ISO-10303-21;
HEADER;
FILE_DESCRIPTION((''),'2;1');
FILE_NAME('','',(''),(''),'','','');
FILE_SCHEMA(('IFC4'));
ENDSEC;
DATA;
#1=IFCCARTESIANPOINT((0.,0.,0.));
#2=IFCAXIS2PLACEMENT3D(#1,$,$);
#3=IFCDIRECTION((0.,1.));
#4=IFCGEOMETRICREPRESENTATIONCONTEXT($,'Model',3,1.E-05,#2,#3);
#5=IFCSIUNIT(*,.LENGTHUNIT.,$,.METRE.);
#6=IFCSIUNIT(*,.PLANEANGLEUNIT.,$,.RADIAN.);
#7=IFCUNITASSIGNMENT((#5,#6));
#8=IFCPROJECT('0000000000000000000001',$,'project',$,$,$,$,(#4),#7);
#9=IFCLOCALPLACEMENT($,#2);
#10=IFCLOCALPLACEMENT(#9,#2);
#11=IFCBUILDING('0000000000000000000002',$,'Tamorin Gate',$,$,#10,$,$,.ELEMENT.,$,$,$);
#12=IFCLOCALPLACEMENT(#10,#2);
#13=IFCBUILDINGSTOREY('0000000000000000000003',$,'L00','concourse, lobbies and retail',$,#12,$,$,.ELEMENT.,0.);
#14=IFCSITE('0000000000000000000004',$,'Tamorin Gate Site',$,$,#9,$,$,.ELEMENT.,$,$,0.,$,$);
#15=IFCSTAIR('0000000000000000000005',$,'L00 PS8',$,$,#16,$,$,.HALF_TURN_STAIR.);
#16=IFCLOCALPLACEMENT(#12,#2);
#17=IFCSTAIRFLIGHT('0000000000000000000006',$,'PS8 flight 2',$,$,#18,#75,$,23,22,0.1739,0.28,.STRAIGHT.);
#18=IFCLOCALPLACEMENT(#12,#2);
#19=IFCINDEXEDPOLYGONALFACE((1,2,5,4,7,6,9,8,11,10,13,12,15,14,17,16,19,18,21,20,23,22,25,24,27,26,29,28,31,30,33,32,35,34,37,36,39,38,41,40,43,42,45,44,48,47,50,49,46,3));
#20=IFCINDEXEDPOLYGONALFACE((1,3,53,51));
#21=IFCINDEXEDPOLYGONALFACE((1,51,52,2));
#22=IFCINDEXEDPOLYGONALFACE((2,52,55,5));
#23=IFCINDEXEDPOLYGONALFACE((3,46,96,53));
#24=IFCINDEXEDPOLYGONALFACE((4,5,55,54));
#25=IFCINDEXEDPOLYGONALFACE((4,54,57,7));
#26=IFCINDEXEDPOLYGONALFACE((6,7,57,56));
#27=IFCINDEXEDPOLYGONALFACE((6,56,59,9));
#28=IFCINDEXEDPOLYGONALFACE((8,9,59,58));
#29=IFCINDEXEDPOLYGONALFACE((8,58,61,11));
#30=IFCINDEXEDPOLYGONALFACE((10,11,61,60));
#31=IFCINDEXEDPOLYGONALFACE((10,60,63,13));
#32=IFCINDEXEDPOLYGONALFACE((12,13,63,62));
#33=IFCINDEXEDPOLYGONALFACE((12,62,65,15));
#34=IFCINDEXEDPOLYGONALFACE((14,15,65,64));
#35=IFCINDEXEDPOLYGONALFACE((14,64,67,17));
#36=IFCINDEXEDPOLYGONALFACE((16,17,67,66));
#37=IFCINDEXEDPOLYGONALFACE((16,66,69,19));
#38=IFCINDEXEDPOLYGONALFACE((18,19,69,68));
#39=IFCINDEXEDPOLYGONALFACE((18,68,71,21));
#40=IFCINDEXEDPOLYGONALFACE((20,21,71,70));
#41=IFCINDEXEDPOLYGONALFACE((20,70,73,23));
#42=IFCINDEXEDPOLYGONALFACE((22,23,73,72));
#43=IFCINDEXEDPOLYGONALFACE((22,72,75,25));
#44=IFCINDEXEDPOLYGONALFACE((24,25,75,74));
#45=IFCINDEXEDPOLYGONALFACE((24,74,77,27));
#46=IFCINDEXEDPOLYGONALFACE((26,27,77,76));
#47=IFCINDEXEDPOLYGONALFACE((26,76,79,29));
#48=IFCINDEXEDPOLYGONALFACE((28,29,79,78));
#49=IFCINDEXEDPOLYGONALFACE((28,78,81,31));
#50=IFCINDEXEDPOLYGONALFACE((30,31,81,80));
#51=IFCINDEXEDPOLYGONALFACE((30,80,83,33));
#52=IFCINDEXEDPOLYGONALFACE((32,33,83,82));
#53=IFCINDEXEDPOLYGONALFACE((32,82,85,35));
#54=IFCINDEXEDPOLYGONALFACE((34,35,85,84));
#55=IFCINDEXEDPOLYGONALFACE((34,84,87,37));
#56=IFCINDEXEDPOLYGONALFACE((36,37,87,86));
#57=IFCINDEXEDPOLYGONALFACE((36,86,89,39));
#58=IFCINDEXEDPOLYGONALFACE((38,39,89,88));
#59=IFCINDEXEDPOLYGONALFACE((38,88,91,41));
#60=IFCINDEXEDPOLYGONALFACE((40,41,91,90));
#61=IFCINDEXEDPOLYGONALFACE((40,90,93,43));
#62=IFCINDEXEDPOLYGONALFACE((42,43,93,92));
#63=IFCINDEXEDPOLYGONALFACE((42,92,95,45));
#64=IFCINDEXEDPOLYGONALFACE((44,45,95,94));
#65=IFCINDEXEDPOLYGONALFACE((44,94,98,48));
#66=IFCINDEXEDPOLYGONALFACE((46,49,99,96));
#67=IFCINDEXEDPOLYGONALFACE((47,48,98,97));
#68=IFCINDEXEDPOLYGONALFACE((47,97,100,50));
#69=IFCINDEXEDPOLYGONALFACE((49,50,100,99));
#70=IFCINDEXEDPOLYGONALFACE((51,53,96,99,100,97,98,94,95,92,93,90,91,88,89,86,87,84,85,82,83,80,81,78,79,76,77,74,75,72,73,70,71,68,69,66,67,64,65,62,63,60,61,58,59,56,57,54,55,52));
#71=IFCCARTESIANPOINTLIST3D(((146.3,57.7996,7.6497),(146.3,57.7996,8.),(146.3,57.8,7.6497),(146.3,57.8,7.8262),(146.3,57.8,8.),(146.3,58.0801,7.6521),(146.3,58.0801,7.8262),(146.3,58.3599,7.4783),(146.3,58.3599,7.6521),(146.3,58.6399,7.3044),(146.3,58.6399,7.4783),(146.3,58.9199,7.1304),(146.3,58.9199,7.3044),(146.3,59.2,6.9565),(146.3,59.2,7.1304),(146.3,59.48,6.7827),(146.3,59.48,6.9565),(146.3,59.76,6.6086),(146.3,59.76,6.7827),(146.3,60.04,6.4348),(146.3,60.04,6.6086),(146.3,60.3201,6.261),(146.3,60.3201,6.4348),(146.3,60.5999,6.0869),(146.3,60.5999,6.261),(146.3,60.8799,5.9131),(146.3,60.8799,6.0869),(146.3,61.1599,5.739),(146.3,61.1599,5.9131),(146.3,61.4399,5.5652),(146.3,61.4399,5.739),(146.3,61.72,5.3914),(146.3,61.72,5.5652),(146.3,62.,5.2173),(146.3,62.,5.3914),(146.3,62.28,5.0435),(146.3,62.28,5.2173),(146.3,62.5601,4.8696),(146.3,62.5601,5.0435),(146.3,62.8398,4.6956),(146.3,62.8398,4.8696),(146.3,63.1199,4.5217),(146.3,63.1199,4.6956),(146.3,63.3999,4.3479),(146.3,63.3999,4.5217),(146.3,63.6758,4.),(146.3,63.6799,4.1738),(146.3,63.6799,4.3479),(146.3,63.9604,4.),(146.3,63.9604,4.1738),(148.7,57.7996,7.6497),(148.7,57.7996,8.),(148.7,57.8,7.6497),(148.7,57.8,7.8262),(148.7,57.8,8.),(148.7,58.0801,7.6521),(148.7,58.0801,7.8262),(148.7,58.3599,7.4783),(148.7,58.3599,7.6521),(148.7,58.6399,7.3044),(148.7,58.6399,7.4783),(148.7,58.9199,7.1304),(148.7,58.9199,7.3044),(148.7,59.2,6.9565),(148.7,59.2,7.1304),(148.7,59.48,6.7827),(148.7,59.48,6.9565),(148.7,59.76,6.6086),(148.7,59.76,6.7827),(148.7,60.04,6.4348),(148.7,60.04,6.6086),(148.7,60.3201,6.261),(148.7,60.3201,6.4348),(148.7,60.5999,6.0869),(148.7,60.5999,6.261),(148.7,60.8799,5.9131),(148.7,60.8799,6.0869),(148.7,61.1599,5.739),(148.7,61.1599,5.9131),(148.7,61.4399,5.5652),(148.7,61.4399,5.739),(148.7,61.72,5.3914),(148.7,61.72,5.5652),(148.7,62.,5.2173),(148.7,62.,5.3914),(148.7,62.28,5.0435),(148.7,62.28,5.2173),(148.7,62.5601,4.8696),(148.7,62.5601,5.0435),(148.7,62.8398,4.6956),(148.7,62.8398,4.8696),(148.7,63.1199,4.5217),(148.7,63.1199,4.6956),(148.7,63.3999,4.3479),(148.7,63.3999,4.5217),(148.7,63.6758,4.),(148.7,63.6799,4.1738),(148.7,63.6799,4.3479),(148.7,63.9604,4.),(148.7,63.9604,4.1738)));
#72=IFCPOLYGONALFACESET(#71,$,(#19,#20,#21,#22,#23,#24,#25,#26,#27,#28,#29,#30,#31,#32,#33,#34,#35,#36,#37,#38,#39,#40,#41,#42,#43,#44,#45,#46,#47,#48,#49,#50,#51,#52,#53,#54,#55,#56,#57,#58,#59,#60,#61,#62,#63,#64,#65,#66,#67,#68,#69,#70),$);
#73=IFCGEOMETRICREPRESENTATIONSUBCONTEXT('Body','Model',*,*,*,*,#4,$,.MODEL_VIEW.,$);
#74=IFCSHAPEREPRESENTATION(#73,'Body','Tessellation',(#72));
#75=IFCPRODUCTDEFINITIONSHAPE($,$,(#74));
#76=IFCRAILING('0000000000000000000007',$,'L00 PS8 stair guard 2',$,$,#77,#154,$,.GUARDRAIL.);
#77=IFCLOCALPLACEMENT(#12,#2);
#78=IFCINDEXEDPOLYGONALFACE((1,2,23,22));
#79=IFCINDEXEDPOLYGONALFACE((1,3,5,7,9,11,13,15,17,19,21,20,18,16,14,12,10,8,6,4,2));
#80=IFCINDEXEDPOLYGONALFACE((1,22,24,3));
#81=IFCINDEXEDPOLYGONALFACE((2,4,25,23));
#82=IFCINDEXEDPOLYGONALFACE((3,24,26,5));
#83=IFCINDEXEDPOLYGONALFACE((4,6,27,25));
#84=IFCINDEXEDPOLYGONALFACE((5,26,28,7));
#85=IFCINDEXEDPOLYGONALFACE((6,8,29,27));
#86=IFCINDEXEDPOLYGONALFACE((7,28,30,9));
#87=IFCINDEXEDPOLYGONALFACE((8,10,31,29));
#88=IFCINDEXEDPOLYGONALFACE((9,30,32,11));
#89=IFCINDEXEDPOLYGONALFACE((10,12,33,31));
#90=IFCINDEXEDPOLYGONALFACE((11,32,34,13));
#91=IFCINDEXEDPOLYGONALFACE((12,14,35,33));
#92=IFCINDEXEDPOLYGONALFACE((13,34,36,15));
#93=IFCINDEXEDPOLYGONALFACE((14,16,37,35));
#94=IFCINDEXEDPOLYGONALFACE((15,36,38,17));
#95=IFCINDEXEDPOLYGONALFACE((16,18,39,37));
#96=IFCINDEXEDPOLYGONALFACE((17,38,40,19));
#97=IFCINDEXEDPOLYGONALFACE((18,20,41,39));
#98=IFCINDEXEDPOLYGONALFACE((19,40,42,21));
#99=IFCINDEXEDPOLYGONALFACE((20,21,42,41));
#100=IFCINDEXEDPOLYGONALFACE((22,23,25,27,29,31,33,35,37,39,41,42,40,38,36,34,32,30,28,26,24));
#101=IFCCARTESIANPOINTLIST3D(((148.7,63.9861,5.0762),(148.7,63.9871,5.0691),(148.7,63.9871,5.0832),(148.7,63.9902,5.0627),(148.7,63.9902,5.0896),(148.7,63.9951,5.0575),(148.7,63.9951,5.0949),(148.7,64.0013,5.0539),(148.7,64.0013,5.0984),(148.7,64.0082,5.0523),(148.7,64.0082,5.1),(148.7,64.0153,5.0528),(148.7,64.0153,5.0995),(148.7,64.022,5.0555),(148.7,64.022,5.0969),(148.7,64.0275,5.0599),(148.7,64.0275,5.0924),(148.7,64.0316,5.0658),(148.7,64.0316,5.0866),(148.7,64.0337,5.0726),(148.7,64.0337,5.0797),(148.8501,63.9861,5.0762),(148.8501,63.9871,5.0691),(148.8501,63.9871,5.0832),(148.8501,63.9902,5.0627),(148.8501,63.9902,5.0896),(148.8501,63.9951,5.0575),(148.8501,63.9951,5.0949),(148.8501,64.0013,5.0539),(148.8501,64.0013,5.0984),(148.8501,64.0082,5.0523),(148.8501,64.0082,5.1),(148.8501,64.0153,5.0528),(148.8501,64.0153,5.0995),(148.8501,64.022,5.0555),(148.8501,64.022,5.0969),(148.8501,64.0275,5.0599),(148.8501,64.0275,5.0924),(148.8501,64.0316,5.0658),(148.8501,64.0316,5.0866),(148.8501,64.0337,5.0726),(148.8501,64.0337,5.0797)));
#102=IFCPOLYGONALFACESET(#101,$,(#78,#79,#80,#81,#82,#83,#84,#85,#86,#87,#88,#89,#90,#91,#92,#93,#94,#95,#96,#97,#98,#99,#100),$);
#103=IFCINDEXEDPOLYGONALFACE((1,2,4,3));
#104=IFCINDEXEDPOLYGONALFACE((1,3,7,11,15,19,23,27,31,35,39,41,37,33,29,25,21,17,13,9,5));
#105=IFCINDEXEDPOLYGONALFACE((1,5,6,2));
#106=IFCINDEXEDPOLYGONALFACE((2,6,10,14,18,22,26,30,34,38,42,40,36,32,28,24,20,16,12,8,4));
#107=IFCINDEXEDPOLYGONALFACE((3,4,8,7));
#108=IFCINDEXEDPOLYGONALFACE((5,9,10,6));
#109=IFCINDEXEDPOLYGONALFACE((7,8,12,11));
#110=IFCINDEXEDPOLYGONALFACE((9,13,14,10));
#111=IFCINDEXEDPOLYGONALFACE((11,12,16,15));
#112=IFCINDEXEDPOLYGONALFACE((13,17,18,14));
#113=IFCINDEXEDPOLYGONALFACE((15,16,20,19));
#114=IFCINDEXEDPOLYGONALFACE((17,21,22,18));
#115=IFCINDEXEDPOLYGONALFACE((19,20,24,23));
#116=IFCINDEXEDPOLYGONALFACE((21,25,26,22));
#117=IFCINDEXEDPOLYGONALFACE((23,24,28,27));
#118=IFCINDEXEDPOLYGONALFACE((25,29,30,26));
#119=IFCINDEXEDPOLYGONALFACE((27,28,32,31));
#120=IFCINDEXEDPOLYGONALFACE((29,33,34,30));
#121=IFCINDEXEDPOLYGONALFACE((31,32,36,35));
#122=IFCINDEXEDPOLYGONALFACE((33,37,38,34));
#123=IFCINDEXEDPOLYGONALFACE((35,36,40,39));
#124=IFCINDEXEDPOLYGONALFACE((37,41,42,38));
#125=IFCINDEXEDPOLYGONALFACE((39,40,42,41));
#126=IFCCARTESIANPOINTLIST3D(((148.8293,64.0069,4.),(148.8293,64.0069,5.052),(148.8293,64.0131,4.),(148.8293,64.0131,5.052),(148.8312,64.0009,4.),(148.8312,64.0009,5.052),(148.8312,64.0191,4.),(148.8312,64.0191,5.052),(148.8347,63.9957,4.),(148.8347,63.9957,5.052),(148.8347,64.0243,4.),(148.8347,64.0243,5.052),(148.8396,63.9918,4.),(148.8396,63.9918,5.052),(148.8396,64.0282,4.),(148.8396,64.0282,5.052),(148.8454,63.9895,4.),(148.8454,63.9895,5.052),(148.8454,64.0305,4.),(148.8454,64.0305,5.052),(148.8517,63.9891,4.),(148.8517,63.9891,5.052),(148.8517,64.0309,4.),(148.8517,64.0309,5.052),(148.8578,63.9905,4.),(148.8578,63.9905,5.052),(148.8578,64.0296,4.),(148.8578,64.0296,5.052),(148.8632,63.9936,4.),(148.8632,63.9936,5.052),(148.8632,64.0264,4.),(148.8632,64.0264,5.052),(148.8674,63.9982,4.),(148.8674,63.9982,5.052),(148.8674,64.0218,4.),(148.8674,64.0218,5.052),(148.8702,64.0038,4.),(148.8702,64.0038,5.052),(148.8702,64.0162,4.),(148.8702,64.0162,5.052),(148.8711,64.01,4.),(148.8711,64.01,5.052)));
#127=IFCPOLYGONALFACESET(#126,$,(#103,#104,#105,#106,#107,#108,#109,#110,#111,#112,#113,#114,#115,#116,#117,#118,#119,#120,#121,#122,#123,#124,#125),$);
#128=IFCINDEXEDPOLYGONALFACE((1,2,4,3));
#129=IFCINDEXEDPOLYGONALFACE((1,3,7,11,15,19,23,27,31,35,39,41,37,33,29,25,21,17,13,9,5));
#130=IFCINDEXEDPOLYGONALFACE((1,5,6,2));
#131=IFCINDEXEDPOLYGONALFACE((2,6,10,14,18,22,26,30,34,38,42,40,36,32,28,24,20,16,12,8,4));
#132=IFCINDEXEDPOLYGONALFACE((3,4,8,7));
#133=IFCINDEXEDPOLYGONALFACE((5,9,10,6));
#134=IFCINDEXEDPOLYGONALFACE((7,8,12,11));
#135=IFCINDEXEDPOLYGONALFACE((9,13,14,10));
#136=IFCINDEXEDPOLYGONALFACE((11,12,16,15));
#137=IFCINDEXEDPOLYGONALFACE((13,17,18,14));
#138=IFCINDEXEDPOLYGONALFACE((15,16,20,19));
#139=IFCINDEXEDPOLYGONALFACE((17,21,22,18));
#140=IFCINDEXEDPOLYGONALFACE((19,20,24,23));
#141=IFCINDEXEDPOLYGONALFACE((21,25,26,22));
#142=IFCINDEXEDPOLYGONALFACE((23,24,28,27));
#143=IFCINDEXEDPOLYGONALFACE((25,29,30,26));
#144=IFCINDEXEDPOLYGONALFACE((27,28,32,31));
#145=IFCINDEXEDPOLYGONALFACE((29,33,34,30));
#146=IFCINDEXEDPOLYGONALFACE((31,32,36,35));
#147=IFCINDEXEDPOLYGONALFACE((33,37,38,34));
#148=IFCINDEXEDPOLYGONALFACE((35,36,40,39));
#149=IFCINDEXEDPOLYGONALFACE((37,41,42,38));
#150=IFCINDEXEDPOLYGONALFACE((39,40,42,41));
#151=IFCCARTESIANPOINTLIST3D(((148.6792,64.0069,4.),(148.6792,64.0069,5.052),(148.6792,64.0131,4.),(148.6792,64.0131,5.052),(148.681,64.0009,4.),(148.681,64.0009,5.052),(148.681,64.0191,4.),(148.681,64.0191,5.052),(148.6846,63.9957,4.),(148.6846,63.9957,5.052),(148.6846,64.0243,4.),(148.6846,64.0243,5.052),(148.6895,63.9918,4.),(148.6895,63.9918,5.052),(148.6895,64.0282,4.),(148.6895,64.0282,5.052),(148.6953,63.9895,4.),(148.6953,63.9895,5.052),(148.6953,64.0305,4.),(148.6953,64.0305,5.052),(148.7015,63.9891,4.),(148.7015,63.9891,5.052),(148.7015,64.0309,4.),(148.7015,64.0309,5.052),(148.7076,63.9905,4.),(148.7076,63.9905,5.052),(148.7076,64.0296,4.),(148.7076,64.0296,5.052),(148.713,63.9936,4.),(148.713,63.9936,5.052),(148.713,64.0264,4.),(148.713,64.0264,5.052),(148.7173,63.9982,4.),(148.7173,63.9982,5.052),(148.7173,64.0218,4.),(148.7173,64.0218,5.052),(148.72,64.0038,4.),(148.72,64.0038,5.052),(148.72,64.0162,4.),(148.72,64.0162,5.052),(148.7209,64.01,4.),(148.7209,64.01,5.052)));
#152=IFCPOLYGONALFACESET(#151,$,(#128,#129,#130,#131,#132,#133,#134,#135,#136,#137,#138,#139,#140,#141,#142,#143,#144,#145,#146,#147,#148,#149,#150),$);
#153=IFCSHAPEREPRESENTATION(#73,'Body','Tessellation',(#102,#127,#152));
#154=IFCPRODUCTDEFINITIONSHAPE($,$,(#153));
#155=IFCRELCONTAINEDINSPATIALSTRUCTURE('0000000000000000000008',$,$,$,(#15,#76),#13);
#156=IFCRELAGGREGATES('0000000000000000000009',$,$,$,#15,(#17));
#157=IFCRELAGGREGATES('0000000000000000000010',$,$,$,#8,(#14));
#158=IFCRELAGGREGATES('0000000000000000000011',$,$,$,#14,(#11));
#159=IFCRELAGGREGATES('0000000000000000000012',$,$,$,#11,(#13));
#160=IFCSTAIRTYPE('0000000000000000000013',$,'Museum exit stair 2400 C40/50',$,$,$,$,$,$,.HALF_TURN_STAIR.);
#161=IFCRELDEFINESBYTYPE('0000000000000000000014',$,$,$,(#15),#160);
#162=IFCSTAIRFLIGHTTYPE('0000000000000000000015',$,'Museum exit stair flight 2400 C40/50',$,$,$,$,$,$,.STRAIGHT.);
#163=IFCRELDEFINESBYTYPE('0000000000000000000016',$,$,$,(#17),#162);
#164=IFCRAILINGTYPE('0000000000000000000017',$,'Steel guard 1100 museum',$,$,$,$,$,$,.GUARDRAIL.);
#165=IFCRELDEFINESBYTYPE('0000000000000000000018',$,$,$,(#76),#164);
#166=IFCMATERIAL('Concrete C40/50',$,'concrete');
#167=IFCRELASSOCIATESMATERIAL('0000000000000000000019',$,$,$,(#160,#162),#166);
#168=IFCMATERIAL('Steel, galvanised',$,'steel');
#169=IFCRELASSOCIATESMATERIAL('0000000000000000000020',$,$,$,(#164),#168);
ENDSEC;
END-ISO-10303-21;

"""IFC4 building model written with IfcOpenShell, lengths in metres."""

from ifc_helpers import new_model, si_unit, direction, frame, origin, origin_2d, place, context, subcontext, project, spatial, polyline, circle, outline, extrude, material, type_object, element, aggregate, save


model = new_model("IFC4")

# Units and contexts
model_context = context("Model", 3, precision=1e-05, world=origin(), true_north=direction((0.0, 1.0)))
body_context = subcontext(model_context, "Body", "Model", "MODEL_VIEW")
ifc_project = project(units=[si_unit("LENGTHUNIT", "METRE"), si_unit("PLANEANGLEUNIT", "RADIAN")], contexts=[model_context])

# Site, building, storey
site_placement = place(None, origin())
site = spatial("IfcSite", under=ifc_project, at=site_placement, Name="Tamorin Gate Site", CompositionType="ELEMENT", RefElevation=0.0)
building_placement = place(site_placement, origin())
building = spatial("IfcBuilding", under=site, at=building_placement, Name="Tamorin Gate", CompositionType="ELEMENT")
storey_placement = place(building_placement, origin())
storey = spatial("IfcBuildingStorey", under=building, at=storey_placement, Name="L00", Description="concourse, lobbies and retail", CompositionType="ELEMENT", Elevation=0.0)

# Shared definitions
ifc_material_1 = material(Name="Concrete C40/50", Category="concrete")

# Stair, stair flight
stair_type = type_object("IfcStairType", Name="Museum exit stair 2400 C40/50", PredefinedType="HALF_TURN_STAIR", material=ifc_material_1)
stair_placement = place(storey_placement, origin())
stair = element("IfcStair", 1, at=stair_placement, inside=storey, type_object=stair_type, Name="L00 PS8", PredefinedType="HALF_TURN_STAIR")
stair_flight_type = type_object("IfcStairFlightType", Name="Museum exit stair flight 2400 C40/50", PredefinedType="STRAIGHT", material=ifc_material_1)
stair_flight_1_placement = place(storey_placement, frame((147.5, 63.96, 4.0), z_axis=(0.0, 0.0, 1.0), x_axis=(0.0, -1.0, 0.0)))
stair_flight_1 = element("IfcStairFlight", 2, at=stair_flight_1_placement, type_object=stair_flight_type, Name="PS8 flight 2", NumberOfRisers=23, NumberOfTreads=22, PredefinedType="STRAIGHT", RiserHeight=0.1739, TreadLength=0.28, context=body_context, shape_type="SweptSolid", body=[
    extrude(outline(polyline([(-0.0005, 0.0), (-0.0005, 0.1738), (0.28, 0.1738), (0.28, 0.3479), (0.5601, 0.3479), (0.5601, 0.5217), (0.8401, 0.5217), (0.8401, 0.6956), (1.1201, 0.6956), (1.1201, 0.8696), (1.3999, 0.8696), (1.3999, 1.0435), (1.6799, 1.0435), (1.6799, 1.2173), (1.96, 1.2173), (1.96, 1.3914), (2.24, 1.3914), (2.24, 1.5652), (2.52, 1.5652), (2.52, 1.739), (2.8, 1.739), (2.8, 1.9131), (3.0801, 1.9131), (3.0801, 2.0869), (3.3601, 2.0869), (3.3601, 2.261), (3.6399, 2.261), (3.6399, 2.4348), (3.9199, 2.4348), (3.9199, 2.6086), (4.2, 2.6086), (4.2, 2.7827), (4.48, 2.7827), (4.48, 2.9565), (4.76, 2.9565), (4.76, 3.1304), (5.04, 3.1304), (5.04, 3.3044), (5.3201, 3.3044), (5.3201, 3.4783), (5.6001, 3.4783), (5.6001, 3.6521), (5.8799, 3.6521), (5.8799, 3.8262), (6.1599, 3.8262), (6.1599, 4.0), (6.1604, 4.0), (6.1604, 3.6497), (6.1599, 3.6497), (0.2842, 0.0), (-0.0005, 0.0)])), frame((0.0, 1.2, 0.0), z_axis=(0.0, -1.0, 0.0), x_axis=(1.0, 0.0, 0.0)), (0.0, 0.0, 1.0), 2.3999),
])
aggregate(stair, [stair_flight_1])

# Railing
ifc_material_2 = material(Name="Steel, galvanised", Category="steel")
railing_type_1 = type_object("IfcRailingType", Name="Steel guard 1100 museum", PredefinedType="GUARDRAIL", material=ifc_material_2)
railing_1_placement = place(storey_placement, frame((148.8501, 64.01, 4.0)))
element("IfcRailing", 3, at=railing_1_placement, inside=storey, type_object=railing_type_1, Name="L00 PS8 stair guard 2", PredefinedType="GUARDRAIL", context=body_context, shape_type="SweptSolid", body=[
    extrude(circle(Radius=0.0239, at=origin_2d()), frame((0.0, 0.0, 1.0762), z_axis=(-1.0, 0.0, 0.0), x_axis=(0.0, -1.0, 0.0)), (0.0, 0.0, 1.0), 0.1501),
    extrude(circle(Radius=0.021, at=origin_2d()), origin(), (0.0, 0.0, 1.0), 1.052),
    extrude(circle(Radius=0.021, at=origin_2d()), frame((-0.1501, 0.0, 0.0)), (0.0, 0.0, 1.0), 1.052),
])

save(model, "model.ifc")
